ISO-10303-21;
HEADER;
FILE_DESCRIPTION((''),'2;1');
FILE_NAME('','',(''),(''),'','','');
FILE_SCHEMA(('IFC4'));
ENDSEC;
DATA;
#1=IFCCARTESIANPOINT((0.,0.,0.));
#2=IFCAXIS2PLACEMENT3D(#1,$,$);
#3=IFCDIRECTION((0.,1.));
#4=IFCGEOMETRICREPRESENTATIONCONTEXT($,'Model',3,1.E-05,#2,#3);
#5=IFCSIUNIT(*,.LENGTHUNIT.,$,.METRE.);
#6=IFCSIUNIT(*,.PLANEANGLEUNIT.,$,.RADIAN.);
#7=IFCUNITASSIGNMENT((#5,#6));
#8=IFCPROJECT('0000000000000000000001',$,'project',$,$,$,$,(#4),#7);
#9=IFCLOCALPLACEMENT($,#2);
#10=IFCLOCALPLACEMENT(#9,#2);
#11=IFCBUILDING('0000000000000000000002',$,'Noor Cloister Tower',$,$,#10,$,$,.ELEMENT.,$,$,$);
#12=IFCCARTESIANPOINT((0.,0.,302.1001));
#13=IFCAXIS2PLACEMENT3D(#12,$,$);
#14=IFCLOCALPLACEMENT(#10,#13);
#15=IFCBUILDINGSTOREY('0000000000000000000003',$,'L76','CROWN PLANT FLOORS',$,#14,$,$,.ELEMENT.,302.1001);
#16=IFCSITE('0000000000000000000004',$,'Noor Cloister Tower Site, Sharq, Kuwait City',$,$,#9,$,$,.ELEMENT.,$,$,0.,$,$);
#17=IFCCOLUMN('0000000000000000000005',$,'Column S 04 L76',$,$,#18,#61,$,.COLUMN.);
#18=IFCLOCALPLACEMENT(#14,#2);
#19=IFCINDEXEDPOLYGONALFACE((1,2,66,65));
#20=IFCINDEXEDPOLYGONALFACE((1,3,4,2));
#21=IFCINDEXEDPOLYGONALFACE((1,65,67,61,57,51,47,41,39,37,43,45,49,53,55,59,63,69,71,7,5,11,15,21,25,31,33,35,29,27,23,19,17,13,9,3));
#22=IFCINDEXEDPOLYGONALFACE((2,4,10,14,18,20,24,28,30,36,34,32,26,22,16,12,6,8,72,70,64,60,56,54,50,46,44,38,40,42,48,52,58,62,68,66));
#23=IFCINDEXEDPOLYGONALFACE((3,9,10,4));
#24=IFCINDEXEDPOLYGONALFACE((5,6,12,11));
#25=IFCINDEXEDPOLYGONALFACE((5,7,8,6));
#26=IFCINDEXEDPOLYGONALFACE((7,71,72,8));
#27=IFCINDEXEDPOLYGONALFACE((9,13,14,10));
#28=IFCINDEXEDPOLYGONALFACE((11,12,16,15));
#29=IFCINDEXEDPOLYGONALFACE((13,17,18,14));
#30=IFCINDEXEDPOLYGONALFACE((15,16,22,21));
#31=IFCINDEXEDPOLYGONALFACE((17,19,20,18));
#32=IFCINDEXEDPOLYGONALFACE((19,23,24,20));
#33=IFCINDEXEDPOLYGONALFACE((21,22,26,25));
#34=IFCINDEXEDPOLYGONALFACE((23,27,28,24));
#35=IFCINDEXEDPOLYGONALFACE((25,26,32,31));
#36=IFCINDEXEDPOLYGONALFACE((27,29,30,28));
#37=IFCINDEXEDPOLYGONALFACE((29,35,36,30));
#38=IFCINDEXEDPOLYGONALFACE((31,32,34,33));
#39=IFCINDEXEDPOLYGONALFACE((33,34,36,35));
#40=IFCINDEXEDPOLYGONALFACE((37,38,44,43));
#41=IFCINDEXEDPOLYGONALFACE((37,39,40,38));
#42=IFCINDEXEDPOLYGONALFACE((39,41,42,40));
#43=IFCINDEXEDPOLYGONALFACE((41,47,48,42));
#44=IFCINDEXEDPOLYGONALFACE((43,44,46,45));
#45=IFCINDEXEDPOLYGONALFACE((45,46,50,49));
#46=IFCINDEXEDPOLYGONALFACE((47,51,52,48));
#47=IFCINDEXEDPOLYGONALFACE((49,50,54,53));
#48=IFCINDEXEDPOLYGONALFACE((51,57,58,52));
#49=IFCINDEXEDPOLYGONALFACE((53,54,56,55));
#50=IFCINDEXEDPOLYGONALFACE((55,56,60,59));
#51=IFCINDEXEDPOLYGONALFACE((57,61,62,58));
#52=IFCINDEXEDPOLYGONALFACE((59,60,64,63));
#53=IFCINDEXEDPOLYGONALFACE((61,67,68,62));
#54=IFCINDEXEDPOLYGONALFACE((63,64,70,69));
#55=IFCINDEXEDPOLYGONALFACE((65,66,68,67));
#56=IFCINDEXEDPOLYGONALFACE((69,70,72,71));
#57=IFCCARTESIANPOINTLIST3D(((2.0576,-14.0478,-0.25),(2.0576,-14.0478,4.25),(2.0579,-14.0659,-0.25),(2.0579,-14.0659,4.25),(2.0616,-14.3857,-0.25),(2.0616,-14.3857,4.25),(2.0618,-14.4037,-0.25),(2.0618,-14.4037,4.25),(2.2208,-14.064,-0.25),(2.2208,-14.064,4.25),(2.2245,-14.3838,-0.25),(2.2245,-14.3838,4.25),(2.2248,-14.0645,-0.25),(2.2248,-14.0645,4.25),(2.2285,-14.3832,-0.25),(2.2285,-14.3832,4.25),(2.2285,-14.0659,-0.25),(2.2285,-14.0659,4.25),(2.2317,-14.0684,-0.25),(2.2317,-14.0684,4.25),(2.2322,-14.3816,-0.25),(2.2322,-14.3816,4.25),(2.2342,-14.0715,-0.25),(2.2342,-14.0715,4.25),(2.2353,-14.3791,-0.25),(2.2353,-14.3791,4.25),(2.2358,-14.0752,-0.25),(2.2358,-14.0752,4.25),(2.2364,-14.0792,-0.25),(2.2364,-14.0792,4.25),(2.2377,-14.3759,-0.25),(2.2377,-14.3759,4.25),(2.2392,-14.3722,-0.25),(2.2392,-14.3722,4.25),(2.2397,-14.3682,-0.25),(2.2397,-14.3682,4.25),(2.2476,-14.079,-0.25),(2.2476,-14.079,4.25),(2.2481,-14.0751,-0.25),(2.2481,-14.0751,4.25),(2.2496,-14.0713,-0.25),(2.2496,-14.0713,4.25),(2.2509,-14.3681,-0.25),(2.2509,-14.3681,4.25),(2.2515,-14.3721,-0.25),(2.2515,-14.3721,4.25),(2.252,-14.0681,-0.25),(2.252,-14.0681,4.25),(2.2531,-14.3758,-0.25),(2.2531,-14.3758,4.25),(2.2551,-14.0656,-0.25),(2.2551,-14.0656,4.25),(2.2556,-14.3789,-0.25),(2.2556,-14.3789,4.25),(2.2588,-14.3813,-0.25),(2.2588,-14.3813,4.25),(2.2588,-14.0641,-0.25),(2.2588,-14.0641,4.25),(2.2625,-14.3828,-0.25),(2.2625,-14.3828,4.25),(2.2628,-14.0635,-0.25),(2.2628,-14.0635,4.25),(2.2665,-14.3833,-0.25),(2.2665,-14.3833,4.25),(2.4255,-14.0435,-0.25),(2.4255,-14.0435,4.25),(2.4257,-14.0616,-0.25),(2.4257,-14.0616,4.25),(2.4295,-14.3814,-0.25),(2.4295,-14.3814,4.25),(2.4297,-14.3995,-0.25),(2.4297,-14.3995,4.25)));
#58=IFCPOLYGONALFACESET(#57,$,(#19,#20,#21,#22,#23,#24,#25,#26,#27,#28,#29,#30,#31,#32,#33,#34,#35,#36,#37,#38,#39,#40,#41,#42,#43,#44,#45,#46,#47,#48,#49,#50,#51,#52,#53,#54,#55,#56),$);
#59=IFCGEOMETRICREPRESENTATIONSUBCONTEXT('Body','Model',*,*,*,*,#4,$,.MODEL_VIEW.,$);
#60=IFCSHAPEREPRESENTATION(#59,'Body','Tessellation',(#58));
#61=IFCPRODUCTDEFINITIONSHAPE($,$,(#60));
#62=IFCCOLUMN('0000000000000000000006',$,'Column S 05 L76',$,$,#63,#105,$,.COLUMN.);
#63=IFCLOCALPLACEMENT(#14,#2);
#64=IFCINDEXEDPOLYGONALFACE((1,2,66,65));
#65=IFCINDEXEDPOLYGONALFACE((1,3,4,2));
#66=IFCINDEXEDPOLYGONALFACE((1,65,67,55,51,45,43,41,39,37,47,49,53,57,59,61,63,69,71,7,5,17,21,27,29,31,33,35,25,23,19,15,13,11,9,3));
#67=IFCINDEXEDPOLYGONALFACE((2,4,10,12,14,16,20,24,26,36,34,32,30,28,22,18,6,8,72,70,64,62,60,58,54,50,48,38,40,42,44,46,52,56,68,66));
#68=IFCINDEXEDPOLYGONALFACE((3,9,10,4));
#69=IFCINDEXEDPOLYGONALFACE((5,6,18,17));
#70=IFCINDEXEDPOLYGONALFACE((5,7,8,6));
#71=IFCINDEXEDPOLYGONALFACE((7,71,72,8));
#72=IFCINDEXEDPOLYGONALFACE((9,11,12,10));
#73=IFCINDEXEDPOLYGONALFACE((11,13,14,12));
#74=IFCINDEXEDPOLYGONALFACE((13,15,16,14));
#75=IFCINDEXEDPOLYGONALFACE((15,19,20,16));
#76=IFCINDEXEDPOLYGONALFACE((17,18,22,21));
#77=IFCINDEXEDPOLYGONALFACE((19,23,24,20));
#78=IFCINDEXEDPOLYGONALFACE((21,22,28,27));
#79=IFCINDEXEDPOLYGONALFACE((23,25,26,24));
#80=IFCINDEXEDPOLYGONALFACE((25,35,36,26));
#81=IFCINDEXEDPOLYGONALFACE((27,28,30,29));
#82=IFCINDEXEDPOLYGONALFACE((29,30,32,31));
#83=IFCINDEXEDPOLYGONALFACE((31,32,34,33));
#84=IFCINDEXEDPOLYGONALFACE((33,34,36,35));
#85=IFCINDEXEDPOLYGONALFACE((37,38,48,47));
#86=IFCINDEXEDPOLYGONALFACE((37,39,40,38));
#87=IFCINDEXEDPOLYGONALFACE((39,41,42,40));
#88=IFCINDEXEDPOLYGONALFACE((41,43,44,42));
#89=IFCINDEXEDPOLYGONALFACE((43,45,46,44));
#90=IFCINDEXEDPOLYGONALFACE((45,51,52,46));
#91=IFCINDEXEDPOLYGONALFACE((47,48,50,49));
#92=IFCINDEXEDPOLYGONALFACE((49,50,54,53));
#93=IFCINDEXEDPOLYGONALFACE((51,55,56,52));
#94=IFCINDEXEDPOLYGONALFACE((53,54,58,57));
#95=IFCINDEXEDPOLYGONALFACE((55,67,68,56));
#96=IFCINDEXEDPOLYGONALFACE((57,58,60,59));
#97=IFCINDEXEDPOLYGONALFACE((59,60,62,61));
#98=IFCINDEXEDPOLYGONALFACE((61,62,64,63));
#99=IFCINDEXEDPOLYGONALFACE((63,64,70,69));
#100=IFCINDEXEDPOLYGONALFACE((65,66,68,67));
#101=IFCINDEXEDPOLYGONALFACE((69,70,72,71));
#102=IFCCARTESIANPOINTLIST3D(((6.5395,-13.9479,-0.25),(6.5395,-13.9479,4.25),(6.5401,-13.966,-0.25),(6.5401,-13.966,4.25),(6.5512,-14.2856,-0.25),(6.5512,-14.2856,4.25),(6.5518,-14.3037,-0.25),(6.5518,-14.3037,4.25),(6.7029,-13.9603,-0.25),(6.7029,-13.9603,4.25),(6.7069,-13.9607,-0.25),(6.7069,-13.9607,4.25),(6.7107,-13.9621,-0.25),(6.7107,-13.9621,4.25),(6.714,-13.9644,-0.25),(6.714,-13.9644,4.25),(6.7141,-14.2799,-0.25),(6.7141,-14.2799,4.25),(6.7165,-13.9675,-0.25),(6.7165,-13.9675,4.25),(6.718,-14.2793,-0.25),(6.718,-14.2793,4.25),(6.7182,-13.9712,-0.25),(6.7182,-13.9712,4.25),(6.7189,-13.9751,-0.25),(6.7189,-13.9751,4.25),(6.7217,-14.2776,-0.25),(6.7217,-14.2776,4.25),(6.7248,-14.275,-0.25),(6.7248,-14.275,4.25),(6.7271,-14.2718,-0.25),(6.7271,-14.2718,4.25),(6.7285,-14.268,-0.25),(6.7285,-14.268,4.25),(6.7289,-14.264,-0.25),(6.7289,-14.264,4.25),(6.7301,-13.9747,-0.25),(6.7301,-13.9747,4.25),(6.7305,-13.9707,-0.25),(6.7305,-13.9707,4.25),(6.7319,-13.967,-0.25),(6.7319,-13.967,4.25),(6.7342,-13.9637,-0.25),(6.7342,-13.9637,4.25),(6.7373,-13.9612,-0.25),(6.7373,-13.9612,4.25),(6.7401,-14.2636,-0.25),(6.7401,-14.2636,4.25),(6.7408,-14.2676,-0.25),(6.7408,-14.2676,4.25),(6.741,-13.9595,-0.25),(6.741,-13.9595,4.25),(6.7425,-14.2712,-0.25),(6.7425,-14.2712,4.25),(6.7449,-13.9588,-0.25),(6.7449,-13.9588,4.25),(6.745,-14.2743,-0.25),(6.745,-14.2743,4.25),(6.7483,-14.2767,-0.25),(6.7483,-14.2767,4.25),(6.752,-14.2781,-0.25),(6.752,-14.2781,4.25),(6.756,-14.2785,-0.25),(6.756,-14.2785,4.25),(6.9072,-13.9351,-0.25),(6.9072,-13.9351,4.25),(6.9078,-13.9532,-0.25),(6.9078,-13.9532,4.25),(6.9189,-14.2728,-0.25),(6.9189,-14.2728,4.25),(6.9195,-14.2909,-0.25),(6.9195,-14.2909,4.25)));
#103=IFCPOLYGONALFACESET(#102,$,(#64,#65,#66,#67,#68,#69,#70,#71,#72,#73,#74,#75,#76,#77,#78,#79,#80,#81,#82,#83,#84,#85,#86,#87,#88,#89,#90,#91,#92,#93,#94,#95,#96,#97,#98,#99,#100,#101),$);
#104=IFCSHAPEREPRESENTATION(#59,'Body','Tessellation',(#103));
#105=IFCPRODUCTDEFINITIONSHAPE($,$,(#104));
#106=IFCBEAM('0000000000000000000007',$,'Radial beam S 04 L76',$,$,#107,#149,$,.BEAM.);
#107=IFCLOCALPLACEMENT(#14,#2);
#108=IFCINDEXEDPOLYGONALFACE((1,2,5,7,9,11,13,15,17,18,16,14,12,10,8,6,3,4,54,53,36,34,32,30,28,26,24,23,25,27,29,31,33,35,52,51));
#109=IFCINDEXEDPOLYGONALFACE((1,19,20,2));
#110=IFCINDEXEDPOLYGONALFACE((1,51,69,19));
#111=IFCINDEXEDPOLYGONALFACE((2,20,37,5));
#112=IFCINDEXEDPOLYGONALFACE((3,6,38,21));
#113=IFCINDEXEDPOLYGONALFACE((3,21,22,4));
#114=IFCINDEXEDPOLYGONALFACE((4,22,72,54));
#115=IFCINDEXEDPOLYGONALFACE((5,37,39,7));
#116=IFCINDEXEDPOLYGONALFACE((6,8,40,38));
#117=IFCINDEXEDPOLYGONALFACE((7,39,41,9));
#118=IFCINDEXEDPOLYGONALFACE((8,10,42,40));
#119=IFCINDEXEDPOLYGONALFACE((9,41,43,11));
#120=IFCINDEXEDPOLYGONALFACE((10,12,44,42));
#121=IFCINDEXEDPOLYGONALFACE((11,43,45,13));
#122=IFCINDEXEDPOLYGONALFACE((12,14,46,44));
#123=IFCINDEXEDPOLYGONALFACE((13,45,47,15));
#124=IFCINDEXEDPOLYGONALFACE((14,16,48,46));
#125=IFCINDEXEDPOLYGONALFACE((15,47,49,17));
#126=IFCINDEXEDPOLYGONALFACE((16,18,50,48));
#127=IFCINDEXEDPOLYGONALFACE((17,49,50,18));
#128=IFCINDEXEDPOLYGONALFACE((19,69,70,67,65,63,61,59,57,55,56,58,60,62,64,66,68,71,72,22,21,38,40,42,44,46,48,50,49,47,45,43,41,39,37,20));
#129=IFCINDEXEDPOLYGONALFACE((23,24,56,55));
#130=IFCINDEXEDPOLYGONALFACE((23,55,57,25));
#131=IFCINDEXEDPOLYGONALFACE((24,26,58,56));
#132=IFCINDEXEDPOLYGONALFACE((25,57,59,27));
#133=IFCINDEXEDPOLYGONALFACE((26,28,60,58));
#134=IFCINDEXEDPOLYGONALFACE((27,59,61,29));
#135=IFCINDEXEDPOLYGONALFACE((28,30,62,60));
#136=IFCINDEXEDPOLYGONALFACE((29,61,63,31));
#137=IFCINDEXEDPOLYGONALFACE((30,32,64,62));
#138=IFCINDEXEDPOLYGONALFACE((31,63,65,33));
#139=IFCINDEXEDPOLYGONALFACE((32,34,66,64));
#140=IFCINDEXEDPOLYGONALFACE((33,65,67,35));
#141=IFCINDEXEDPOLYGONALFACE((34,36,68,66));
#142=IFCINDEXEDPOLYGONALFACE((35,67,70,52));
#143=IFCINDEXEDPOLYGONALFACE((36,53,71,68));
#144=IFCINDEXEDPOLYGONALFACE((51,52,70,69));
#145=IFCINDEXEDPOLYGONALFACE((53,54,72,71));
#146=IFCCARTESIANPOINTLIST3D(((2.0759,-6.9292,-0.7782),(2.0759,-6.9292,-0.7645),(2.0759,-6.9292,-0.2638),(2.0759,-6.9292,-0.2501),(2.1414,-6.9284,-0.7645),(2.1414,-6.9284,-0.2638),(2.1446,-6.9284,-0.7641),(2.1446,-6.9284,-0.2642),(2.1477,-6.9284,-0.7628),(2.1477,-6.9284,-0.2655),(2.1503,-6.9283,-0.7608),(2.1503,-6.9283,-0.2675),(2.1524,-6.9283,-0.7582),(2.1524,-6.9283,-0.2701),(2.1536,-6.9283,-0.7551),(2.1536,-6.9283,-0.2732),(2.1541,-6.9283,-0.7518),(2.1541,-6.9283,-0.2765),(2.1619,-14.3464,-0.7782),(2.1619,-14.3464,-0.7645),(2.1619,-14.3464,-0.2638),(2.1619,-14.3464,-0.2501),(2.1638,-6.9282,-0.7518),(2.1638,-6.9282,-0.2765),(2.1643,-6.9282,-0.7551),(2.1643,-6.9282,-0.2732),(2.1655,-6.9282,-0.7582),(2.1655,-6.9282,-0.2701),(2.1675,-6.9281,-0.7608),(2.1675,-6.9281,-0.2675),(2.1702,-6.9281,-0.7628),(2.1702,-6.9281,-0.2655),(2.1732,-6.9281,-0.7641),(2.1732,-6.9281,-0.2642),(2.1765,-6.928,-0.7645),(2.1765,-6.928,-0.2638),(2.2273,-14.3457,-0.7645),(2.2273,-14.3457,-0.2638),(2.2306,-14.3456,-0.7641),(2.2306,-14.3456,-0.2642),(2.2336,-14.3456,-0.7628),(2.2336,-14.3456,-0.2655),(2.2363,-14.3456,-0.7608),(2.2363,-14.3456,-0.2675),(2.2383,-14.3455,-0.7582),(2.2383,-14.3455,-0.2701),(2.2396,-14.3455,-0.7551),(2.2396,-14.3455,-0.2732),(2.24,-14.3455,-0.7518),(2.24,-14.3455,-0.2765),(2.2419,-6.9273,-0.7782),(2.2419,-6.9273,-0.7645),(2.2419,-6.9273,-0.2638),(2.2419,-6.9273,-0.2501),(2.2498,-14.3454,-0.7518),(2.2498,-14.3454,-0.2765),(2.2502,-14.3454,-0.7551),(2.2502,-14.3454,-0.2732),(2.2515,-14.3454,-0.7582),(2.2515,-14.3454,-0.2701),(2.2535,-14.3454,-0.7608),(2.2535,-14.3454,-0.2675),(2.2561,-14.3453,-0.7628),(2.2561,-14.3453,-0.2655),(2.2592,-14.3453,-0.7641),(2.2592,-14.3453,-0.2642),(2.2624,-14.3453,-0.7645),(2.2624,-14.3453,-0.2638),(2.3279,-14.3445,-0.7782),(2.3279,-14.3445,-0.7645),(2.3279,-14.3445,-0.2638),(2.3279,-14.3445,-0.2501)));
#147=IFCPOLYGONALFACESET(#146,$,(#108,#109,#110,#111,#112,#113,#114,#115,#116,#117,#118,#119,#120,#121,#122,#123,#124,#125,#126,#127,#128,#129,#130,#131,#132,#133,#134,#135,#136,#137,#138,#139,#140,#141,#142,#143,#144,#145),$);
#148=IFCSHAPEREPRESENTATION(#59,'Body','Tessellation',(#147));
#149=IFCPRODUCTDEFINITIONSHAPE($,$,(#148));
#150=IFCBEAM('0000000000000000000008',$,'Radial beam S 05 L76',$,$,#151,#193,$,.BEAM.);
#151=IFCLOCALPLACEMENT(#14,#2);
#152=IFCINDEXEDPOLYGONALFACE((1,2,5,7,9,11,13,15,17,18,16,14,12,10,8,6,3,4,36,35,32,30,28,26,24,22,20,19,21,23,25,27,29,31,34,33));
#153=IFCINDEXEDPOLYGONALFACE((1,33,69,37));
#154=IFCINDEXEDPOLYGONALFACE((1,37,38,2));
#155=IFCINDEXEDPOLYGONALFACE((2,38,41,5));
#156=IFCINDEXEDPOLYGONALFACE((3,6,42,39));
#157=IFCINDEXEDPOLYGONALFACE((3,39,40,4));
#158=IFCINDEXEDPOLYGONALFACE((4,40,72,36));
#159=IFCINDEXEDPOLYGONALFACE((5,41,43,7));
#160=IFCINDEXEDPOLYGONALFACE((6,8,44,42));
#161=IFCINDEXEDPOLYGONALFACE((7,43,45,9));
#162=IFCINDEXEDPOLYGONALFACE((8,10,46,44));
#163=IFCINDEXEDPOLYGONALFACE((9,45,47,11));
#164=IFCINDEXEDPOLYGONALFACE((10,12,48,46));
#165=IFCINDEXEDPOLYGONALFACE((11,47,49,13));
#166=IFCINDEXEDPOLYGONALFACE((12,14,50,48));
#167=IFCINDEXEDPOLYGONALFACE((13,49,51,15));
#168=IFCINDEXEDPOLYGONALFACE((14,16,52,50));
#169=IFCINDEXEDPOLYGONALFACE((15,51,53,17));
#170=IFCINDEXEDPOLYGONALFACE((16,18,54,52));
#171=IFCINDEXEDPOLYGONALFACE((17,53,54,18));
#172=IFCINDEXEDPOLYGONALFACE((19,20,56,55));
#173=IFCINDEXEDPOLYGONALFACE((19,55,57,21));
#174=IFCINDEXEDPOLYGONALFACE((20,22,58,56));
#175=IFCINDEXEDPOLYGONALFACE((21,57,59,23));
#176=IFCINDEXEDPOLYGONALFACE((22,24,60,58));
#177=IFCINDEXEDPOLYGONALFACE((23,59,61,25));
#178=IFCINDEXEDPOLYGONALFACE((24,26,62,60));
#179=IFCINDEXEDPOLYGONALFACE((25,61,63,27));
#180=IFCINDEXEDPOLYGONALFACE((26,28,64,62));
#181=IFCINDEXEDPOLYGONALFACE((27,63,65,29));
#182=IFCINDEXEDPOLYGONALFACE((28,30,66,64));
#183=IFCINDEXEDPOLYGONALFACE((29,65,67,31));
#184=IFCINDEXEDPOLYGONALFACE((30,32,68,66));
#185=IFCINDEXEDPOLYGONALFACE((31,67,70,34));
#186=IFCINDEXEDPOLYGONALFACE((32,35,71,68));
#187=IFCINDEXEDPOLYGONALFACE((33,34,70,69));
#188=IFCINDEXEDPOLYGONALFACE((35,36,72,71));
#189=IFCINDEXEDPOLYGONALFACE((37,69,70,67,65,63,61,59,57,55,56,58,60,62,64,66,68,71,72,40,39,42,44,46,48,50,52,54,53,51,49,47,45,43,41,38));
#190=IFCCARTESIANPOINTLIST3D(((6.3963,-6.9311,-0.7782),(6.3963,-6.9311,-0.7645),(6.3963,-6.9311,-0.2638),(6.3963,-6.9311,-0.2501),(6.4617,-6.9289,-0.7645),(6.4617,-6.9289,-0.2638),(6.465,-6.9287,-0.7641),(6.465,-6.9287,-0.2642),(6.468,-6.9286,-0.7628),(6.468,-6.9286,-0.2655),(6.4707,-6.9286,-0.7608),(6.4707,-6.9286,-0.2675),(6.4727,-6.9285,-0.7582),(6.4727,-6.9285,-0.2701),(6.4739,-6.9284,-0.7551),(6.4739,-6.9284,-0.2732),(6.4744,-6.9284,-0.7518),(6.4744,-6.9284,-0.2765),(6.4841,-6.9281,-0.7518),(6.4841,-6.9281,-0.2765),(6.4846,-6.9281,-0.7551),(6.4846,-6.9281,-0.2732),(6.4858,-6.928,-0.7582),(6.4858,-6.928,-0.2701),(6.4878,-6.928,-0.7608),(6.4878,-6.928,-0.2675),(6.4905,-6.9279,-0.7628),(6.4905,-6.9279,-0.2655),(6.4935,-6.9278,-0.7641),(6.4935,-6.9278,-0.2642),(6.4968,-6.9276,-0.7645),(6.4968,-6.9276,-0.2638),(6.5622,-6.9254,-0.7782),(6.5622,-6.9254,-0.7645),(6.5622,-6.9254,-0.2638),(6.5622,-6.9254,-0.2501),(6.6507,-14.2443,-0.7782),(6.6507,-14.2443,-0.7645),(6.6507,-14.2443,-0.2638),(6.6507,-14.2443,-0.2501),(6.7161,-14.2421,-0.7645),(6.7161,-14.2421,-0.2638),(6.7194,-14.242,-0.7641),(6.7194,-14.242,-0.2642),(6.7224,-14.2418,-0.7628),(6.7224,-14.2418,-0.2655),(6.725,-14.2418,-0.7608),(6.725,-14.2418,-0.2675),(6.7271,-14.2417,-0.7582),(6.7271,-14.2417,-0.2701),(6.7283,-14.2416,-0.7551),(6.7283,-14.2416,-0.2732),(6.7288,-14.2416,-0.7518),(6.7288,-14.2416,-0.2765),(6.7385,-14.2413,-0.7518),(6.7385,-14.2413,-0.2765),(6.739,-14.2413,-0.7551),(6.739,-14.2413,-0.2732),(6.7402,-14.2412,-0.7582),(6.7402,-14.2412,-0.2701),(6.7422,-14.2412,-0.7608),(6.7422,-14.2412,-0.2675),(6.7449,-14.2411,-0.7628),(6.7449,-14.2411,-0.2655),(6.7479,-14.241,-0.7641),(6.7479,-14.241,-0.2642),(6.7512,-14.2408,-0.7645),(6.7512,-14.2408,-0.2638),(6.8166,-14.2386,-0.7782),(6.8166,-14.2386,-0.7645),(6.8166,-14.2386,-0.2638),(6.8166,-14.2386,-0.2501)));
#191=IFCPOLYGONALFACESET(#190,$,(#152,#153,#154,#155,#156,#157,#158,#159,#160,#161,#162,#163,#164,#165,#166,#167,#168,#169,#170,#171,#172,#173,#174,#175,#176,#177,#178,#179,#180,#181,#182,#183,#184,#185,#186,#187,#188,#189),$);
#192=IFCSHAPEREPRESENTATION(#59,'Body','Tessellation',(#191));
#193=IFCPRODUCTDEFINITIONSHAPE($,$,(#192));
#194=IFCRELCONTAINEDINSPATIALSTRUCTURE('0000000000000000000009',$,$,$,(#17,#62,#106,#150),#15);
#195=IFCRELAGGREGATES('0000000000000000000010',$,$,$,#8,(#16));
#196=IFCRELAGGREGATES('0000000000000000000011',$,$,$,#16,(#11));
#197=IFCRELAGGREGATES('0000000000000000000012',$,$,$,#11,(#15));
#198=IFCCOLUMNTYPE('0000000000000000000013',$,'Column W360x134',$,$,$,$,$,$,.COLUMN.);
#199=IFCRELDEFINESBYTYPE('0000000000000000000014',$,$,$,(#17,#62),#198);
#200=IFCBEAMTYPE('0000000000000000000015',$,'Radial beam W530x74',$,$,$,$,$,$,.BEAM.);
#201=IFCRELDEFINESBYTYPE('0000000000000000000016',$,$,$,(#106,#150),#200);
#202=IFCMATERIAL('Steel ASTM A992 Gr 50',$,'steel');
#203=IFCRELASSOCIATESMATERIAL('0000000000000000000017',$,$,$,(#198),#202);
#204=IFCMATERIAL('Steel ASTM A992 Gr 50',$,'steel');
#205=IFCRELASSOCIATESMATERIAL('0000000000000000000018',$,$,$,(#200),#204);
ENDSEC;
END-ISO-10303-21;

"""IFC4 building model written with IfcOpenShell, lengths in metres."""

from ifc_helpers import new_model, si_unit, direction, frame, origin, origin_2d, place, context, subcontext, project, spatial, i_section, extrude, material, material_profile, profile_set, type_object, element, save


model = new_model("IFC4")

# Units and contexts
model_context = context("Model", 3, precision=1e-05, world=origin(), true_north=direction((0.0, 1.0)))
body_context = subcontext(model_context, "Body", "Model", "MODEL_VIEW")
ifc_project = project(units=[si_unit("LENGTHUNIT", "METRE"), si_unit("PLANEANGLEUNIT", "RADIAN")], contexts=[model_context])

# Site, building, storey
site_placement = place(None, origin())
site = spatial("IfcSite", under=ifc_project, at=site_placement, Name="Noor Cloister Tower Site, Sharq, Kuwait City", CompositionType="ELEMENT", RefElevation=0.0)
building_placement = place(site_placement, origin())
building = spatial("IfcBuilding", under=site, at=building_placement, Name="Noor Cloister Tower", CompositionType="ELEMENT")
storey_placement = place(building_placement, frame((0.0, 0.0, 302.1001)))
storey = spatial("IfcBuildingStorey", under=building, at=storey_placement, Name="L76", Description="CROWN PLANT FLOORS", CompositionType="ELEMENT", Elevation=302.1001)

# Columns
ifc_material_1 = material(Name="Steel ASTM A992 Gr 50", Category="steel")
ifc_material_profile_1 = material_profile(ifc_material_1, i_section(OverallWidth=0.3679, OverallDepth=0.356, WebThickness=0.0112, FlangeThickness=0.0181, FilletRadius=0.0154, at=origin_2d()), Name="W360x134")
ifc_profile_set_1 = profile_set([ifc_material_profile_1], Name="Steel ASTM A992 Gr 50")
column_type = type_object("IfcColumnType", Name="Column W360x134", PredefinedType="COLUMN", material=ifc_profile_set_1)
for number, where, z_axis, x_axis, name in (
    (1, (2.2437, -14.2236, -0.25), (0.0, 0.0, 1.0), (0.999933, 0.011596, 0.0), "Column S 04 L76"),
    (2, (6.7295, -14.1194, -0.25), (0.0, 0.0, 1.0), (0.999395, 0.034782, 0.0), "Column S 05 L76"),
):
    element("IfcColumn", number, at=place(storey_placement, frame(where, z_axis=z_axis, x_axis=x_axis)), inside=storey, type_object=column_type, Name=name, PredefinedType="COLUMN", context=body_context, shape_type="SweptSolid", body=[
        extrude(i_section(OverallWidth=0.3679, OverallDepth=0.356, WebThickness=0.0112, FlangeThickness=0.0181, FilletRadius=0.0154, at=origin_2d()), origin(), (0.0, 0.0, 1.0), 4.5),
    ])

# Beams
ifc_material_2 = material(Name="Steel ASTM A992 Gr 50", Category="steel")
ifc_material_profile_2 = material_profile(ifc_material_2, i_section(OverallWidth=0.166, OverallDepth=0.5281, WebThickness=0.0098, FlangeThickness=0.0137, FilletRadius=0.0127, at=origin_2d()), Name="W530x74")
ifc_profile_set_2 = profile_set([ifc_material_profile_2], Name="Steel ASTM A992 Gr 50")
beam_type_1 = type_object("IfcBeamType", Name="Radial beam W530x74", PredefinedType="BEAM", material=ifc_profile_set_2)
beam_1_placement = place(storey_placement, frame((2.2449, -14.3455, -0.5142), z_axis=(-0.011585, 0.999933, 0.0), x_axis=(-0.999933, -0.011585, 0.0)))
element("IfcBeam", 3, at=beam_1_placement, inside=storey, type_object=beam_type_1, Name="Radial beam S 04 L76", PredefinedType="BEAM", context=body_context, shape_type="SweptSolid", body=[
    extrude(i_section(OverallWidth=0.166, OverallDepth=0.5281, WebThickness=0.0098, FlangeThickness=0.0137, FilletRadius=0.0127, at=origin_2d()), origin(), (0.0, 0.0, 1.0), 7.4177),
])
beam_2_placement = place(storey_placement, frame((6.7336, -14.2415, -0.5142), z_axis=(-0.034764, 0.999396, 0.0), x_axis=(-0.999396, -0.034764, 0.0)))
element("IfcBeam", 4, at=beam_2_placement, inside=storey, type_object=beam_type_1, Name="Radial beam S 05 L76", PredefinedType="BEAM", context=body_context, shape_type="SweptSolid", body=[
    extrude(i_section(OverallWidth=0.166, OverallDepth=0.5281, WebThickness=0.0098, FlangeThickness=0.0137, FilletRadius=0.0127, at=origin_2d()), origin(), (0.0, 0.0, 1.0), 7.3176),
])

save(model, "model.ifc")
